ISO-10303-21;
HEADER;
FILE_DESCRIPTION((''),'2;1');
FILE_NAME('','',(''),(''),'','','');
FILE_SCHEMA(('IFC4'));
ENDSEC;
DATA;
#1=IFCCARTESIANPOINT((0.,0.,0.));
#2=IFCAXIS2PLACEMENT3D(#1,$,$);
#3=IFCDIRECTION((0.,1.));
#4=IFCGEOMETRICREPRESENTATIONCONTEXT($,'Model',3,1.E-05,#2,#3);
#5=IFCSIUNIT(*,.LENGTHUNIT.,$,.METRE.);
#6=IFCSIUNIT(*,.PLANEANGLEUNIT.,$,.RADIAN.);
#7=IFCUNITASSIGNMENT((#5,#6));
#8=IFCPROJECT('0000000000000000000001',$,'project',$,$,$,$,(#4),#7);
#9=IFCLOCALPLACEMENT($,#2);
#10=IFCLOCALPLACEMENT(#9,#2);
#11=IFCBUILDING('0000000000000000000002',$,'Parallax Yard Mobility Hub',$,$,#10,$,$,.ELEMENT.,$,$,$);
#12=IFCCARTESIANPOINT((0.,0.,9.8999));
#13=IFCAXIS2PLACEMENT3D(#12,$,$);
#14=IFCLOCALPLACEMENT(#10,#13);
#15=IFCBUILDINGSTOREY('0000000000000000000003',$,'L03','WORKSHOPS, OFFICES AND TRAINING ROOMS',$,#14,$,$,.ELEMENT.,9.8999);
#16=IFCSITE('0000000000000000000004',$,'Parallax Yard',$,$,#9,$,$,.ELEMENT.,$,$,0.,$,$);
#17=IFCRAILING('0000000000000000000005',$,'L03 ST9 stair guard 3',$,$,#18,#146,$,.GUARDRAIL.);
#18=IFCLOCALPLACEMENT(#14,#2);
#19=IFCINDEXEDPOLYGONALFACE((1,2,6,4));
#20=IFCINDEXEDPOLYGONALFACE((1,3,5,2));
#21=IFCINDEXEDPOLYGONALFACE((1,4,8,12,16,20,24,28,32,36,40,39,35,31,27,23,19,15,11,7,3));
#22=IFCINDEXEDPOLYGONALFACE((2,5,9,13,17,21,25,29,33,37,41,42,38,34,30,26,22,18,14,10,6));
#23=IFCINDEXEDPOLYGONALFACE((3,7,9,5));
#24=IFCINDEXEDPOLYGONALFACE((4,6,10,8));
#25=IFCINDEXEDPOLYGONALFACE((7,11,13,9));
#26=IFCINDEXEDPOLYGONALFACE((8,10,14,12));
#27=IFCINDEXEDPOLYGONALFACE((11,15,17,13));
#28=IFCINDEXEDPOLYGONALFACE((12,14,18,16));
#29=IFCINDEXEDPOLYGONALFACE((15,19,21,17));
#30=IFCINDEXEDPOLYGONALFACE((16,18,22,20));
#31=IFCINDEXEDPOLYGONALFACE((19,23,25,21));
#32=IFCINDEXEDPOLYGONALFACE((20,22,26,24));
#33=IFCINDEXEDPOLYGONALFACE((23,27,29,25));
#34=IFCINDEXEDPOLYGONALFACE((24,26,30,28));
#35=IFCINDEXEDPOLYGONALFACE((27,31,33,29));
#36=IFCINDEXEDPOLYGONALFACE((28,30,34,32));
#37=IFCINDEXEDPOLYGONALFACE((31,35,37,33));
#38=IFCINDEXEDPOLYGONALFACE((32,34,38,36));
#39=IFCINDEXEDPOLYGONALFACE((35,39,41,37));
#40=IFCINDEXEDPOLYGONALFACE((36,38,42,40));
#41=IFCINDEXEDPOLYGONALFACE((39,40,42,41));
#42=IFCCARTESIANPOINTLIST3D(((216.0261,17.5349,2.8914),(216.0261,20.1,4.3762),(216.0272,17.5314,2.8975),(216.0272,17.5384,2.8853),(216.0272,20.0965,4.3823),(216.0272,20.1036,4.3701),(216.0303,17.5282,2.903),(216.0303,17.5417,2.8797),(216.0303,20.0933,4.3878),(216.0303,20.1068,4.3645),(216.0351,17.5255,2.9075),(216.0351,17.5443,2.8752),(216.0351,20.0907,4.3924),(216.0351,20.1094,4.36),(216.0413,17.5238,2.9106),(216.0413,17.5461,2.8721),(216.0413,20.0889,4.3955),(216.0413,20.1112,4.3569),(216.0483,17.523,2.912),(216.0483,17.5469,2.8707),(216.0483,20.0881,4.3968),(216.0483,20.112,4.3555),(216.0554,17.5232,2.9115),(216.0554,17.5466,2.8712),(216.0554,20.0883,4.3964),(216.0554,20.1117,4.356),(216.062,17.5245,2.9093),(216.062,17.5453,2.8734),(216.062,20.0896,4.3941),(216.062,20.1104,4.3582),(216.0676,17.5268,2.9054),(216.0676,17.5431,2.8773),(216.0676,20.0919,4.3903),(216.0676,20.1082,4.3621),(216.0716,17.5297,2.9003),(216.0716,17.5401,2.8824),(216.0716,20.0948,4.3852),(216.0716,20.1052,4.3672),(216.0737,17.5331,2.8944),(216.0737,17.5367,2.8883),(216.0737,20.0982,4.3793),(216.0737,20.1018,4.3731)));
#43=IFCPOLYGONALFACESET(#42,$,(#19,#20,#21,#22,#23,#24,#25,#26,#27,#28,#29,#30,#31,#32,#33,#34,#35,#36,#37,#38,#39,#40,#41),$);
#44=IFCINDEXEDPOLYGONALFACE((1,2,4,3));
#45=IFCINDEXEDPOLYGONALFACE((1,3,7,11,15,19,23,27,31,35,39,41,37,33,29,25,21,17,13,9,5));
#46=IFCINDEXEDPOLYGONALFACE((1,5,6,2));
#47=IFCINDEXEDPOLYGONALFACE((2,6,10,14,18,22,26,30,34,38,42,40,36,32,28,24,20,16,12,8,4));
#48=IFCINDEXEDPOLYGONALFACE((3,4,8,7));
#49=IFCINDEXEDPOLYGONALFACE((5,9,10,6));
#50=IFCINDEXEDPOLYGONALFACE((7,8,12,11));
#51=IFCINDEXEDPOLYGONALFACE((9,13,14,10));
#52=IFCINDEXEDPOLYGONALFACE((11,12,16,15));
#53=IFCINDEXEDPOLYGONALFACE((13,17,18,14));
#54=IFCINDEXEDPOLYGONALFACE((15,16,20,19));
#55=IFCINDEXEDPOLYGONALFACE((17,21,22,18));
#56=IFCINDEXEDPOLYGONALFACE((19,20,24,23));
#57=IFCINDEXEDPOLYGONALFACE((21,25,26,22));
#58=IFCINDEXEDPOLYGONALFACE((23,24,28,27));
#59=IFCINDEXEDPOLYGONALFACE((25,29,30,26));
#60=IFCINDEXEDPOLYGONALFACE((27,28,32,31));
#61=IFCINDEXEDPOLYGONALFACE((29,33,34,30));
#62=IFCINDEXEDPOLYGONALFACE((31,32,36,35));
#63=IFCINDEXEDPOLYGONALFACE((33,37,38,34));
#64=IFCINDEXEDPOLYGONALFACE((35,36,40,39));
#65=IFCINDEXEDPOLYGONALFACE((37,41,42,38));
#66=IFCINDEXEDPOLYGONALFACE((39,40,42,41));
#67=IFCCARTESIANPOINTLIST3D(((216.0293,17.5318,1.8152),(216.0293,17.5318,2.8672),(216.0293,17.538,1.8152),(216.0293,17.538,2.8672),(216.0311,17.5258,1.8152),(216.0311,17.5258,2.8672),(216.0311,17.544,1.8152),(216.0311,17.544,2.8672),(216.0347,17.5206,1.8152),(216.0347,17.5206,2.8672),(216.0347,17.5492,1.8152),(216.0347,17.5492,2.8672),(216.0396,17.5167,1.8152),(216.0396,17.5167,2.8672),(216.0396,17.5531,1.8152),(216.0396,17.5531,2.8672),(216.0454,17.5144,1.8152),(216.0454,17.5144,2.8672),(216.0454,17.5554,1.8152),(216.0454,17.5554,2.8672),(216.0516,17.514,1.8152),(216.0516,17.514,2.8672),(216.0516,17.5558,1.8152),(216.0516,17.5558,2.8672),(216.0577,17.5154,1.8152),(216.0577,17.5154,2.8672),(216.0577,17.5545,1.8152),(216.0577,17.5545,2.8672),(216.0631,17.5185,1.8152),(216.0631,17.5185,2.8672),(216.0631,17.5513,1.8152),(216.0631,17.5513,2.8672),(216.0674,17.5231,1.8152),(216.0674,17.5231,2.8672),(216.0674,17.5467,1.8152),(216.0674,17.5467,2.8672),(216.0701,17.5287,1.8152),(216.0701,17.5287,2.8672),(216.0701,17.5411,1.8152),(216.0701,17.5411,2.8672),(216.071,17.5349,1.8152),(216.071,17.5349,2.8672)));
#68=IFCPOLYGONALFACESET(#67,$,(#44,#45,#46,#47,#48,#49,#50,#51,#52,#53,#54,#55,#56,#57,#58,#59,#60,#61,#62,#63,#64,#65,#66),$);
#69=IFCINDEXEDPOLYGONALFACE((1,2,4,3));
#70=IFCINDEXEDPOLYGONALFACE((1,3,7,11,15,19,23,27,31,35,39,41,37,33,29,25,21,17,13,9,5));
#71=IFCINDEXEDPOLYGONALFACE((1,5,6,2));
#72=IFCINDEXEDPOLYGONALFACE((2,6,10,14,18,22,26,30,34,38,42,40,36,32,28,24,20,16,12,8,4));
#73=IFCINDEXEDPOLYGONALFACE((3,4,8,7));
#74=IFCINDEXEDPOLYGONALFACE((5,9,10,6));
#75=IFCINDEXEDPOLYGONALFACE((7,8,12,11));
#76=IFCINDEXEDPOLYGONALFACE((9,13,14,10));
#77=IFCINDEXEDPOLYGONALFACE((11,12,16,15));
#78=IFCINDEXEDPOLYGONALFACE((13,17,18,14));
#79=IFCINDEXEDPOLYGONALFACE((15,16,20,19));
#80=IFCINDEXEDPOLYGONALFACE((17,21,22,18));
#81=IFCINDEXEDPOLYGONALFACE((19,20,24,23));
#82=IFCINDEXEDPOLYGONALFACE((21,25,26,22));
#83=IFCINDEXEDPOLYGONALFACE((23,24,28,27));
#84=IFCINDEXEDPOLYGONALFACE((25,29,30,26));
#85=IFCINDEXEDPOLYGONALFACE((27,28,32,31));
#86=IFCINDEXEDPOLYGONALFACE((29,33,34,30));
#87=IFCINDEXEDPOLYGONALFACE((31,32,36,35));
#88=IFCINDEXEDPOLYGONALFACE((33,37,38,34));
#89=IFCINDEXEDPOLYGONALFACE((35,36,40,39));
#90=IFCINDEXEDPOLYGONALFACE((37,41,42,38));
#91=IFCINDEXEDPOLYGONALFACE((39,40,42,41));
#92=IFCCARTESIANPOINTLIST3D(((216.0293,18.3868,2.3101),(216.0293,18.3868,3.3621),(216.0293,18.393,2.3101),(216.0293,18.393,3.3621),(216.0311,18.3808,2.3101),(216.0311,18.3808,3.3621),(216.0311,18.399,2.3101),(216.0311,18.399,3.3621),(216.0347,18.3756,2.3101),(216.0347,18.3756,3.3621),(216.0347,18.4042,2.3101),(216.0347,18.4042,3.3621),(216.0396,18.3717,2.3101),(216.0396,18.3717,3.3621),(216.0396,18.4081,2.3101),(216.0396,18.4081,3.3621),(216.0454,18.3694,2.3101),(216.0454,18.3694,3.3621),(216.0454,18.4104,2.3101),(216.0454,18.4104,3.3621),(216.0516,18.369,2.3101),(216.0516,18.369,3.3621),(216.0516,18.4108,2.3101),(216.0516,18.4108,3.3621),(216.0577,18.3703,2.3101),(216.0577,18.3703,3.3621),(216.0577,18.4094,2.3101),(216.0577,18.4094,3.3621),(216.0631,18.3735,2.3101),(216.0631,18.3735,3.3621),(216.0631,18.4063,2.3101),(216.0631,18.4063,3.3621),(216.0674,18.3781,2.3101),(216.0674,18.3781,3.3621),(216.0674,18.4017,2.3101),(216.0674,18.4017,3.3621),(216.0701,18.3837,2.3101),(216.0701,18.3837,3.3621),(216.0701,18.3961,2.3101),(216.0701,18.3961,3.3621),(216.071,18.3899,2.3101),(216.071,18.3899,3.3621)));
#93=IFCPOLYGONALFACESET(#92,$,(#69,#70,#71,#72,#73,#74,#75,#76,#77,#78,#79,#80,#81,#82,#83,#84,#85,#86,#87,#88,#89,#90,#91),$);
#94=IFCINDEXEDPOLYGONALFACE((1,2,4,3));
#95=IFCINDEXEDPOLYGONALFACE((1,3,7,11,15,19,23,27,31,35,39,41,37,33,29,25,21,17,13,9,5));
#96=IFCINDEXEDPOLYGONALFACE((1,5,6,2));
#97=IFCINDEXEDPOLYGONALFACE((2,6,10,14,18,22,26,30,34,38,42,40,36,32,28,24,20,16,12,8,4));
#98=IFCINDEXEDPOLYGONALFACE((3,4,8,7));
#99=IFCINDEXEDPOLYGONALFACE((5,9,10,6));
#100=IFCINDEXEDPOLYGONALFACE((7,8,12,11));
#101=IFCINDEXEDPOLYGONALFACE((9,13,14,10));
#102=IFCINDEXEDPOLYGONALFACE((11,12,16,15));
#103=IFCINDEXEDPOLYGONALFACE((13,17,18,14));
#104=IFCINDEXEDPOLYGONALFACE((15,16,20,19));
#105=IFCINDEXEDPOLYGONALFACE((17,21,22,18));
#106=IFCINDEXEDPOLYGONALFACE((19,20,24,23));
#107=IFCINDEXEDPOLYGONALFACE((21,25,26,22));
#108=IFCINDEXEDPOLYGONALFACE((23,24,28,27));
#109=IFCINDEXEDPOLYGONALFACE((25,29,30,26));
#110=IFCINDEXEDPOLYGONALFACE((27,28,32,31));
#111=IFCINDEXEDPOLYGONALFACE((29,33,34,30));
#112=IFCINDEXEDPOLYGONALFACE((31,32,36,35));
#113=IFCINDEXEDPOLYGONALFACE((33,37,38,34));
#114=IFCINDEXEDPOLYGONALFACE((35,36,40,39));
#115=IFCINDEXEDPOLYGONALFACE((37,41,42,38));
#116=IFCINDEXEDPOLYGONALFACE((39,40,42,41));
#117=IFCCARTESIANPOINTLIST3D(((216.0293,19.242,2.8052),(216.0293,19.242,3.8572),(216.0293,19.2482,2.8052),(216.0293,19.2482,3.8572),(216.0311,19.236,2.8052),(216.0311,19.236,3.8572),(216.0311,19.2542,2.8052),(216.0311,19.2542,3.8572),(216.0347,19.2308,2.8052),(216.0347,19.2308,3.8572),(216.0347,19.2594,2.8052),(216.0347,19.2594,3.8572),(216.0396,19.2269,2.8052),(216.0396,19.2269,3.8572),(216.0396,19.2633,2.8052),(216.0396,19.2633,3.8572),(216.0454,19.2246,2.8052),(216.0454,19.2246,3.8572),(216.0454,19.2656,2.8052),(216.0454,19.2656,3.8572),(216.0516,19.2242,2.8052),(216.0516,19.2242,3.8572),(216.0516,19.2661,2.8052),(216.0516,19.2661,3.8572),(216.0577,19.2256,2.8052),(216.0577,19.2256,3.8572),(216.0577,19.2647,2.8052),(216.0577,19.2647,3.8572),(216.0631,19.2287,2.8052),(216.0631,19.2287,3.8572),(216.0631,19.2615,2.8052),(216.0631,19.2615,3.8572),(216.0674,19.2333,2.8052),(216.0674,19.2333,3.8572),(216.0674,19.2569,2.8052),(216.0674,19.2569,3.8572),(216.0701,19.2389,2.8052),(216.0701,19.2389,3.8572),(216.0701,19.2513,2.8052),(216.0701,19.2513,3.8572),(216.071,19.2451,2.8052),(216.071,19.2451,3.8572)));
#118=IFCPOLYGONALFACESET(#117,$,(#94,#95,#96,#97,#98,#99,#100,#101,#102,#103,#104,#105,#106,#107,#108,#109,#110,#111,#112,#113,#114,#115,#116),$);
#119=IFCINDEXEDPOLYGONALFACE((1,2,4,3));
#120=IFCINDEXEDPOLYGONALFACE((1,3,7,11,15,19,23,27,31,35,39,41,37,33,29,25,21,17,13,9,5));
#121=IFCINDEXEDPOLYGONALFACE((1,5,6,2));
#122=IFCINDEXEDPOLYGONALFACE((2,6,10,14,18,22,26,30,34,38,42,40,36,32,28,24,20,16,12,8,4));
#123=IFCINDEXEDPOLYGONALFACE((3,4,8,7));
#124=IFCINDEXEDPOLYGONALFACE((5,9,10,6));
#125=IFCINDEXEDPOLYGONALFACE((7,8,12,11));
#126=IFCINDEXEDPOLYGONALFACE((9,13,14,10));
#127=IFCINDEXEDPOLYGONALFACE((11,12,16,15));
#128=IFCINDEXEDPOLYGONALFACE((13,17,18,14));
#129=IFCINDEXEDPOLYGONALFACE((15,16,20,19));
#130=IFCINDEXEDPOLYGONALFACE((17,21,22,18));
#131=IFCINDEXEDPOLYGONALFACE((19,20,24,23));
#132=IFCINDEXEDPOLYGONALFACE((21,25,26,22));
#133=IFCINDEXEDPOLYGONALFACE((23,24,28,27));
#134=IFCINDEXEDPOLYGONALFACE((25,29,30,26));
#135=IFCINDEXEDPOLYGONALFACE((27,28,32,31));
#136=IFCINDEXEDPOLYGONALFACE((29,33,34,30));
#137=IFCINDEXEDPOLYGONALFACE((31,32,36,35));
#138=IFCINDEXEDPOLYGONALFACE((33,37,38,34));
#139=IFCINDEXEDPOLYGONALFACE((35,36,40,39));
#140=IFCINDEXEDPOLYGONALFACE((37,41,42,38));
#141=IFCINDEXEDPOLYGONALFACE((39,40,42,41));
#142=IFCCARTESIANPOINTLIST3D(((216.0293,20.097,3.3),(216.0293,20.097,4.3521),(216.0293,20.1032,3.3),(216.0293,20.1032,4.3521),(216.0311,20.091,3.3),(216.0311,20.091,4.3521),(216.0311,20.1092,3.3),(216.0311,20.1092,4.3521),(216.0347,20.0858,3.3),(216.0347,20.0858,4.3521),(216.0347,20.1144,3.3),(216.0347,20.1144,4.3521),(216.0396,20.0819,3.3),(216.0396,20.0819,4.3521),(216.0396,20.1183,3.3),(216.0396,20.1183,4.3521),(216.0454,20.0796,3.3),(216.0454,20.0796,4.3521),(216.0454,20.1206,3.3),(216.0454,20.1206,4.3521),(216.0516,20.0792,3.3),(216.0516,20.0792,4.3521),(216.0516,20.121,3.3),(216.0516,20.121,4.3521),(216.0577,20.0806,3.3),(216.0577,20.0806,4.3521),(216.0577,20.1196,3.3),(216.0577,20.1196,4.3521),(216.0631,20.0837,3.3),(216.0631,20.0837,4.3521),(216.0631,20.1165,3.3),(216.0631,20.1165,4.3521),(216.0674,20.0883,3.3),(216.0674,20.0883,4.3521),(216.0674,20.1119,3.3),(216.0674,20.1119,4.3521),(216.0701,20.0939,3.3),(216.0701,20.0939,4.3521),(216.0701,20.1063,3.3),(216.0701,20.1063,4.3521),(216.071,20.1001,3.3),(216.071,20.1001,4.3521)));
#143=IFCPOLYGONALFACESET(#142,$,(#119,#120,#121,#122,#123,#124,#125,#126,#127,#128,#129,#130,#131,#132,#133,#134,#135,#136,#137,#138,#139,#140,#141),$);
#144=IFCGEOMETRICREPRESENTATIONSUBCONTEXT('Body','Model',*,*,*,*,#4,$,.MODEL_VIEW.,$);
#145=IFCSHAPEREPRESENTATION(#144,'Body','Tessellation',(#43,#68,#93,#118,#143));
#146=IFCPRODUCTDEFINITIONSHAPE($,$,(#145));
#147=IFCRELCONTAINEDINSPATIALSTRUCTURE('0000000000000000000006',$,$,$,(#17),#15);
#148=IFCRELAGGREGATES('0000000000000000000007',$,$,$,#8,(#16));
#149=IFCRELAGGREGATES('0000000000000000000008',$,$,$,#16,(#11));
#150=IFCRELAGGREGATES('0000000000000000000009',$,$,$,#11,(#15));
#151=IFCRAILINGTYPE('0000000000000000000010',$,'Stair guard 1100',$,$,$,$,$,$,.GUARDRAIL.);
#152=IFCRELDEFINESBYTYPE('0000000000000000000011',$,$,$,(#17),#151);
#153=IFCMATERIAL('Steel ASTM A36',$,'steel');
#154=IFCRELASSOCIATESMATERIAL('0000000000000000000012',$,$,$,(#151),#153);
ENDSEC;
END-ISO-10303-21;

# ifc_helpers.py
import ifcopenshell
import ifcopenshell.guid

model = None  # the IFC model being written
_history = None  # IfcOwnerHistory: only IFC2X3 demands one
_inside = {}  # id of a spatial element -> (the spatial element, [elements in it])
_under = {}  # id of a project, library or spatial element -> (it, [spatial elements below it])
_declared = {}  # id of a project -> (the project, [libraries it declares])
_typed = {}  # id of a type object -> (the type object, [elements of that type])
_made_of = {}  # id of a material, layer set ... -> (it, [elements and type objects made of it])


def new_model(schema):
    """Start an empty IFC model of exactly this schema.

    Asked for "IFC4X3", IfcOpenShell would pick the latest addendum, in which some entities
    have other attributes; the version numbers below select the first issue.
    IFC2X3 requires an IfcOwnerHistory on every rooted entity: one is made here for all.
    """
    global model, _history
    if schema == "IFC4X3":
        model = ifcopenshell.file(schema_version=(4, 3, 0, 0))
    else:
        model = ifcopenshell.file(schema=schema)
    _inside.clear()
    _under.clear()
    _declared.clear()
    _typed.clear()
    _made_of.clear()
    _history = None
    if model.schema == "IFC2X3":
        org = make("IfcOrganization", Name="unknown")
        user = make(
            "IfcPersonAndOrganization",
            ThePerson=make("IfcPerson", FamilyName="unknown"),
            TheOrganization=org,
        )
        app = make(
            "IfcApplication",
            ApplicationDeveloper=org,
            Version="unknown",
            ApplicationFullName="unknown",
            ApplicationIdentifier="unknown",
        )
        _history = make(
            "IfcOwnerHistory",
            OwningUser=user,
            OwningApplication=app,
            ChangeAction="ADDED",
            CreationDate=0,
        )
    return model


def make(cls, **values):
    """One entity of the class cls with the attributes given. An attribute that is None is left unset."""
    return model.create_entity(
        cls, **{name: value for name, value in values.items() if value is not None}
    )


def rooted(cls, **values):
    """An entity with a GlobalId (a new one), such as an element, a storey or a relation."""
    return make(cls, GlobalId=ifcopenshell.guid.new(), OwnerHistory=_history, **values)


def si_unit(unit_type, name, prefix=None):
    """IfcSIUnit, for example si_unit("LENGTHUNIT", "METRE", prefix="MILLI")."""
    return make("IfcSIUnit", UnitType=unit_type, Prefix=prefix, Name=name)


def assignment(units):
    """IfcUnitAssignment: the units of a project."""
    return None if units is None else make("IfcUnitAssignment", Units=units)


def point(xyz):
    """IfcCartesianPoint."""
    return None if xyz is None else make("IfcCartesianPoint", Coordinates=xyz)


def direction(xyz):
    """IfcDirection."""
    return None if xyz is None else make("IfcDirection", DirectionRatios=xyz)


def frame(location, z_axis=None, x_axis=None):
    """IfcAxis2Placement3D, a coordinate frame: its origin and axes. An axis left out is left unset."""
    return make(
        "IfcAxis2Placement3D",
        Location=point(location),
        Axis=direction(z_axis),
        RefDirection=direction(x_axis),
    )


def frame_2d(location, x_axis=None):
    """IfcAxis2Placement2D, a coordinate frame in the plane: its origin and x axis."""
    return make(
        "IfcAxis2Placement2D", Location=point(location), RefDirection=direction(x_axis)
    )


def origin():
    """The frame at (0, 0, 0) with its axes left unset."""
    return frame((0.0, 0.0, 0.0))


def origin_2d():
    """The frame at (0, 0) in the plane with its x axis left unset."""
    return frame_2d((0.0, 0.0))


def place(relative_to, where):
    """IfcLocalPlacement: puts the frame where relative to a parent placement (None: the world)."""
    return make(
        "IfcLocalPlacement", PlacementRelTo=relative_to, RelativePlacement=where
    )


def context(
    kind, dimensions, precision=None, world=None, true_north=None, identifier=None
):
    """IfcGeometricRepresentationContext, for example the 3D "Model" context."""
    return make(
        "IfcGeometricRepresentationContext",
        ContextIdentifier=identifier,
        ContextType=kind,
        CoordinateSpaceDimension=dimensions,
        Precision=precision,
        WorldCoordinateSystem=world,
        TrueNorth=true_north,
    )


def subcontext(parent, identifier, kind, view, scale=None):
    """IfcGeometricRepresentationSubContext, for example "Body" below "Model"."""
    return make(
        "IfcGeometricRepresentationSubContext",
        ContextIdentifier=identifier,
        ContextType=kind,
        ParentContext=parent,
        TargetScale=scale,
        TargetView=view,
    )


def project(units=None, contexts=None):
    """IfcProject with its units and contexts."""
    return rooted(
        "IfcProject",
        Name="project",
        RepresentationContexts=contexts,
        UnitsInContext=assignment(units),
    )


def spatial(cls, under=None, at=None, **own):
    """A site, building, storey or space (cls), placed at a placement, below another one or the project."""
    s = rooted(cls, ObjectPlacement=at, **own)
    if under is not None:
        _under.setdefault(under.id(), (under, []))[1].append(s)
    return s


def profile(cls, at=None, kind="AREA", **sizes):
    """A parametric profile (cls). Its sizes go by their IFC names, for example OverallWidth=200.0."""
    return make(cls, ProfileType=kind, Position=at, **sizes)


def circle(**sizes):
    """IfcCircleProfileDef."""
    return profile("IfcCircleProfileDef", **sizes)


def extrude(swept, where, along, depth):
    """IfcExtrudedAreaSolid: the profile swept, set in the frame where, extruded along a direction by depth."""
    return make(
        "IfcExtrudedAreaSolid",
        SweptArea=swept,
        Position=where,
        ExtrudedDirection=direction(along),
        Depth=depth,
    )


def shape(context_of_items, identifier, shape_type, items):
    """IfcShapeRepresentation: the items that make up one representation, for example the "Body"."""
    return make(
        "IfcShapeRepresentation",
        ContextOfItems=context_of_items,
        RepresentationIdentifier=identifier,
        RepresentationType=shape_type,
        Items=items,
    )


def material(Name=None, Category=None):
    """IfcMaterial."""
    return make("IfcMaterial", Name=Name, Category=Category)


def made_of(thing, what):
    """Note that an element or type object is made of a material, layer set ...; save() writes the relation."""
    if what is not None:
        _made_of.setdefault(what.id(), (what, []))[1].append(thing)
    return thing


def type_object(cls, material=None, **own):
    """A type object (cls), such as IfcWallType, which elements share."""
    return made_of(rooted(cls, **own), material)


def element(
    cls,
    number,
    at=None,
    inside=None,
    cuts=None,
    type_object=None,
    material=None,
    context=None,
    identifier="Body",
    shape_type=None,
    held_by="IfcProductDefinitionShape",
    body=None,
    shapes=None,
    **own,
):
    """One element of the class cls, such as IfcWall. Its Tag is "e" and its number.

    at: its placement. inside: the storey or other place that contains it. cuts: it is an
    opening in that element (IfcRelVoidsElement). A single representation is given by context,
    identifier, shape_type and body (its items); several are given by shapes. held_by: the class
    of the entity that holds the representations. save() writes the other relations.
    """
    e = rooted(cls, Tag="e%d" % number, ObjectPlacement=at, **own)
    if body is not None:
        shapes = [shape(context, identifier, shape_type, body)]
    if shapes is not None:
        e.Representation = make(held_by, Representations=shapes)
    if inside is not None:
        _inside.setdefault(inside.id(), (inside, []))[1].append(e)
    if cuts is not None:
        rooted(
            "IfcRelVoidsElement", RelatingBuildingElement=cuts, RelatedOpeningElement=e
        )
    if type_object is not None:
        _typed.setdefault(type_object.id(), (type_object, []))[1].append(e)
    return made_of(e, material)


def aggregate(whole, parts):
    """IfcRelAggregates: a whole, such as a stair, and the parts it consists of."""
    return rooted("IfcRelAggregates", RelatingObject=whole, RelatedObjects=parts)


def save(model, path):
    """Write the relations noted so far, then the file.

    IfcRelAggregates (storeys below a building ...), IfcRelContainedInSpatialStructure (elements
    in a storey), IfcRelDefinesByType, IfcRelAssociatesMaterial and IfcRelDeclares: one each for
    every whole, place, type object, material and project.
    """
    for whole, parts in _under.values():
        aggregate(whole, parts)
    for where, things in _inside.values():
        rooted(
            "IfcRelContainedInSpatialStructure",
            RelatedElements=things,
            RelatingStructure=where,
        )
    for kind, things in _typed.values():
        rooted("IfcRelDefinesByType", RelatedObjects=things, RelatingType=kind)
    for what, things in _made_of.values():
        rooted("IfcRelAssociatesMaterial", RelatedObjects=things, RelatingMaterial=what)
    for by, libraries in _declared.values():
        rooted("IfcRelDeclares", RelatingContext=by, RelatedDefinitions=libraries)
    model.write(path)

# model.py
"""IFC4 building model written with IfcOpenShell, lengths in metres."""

from ifc_helpers import new_model, si_unit, direction, frame, origin, origin_2d, place, context, subcontext, project, spatial, circle, extrude, material, type_object, element, save


model = new_model("IFC4")

# Units and contexts
model_context = context("Model", 3, precision=1e-05, world=origin(), true_north=direction((0.0, 1.0)))
body_context = subcontext(model_context, "Body", "Model", "MODEL_VIEW")
ifc_project = project(units=[si_unit("LENGTHUNIT", "METRE"), si_unit("PLANEANGLEUNIT", "RADIAN")], contexts=[model_context])

# Site, building, storey
site_placement = place(None, origin())
site = spatial("IfcSite", under=ifc_project, at=site_placement, Name="Parallax Yard", CompositionType="ELEMENT", RefElevation=0.0)
building_placement = place(site_placement, origin())
building = spatial("IfcBuilding", under=site, at=building_placement, Name="Parallax Yard Mobility Hub", CompositionType="ELEMENT")
storey_placement = place(building_placement, frame((0.0, 0.0, 9.8999)))
storey = spatial("IfcBuildingStorey", under=building, at=storey_placement, Name="L03", Description="WORKSHOPS, OFFICES AND TRAINING ROOMS", CompositionType="ELEMENT", Elevation=9.8999)

# Railing
ifc_material_1 = material(Name="Steel ASTM A36", Category="steel")
railing_type_1 = type_object("IfcRailingType", Name="Stair guard 1100", PredefinedType="GUARDRAIL", material=ifc_material_1)
railing_1_placement = place(storey_placement, frame((216.05, 17.5349, 1.8152)))
element("IfcRailing", 1, at=railing_1_placement, inside=storey, type_object=railing_type_1, Name="L03 ST9 stair guard 3", PredefinedType="GUARDRAIL", context=body_context, shape_type="SweptSolid", body=[
    extrude(circle(Radius=0.0239, at=origin_2d()), frame((0.0, 0.0, 1.0762), z_axis=(0.0, 0.865462, 0.500975), x_axis=(-1.0, 0.0, 0.0)), (0.0, 0.0, 1.0), 2.9639),
    extrude(circle(Radius=0.021, at=origin_2d()), origin(), (0.0, 0.0, 1.0), 1.052),
    extrude(circle(Radius=0.021, at=origin_2d()), frame((0.0, 0.855, 0.4949)), (0.0, 0.0, 1.0), 1.052),
    extrude(circle(Radius=0.021, at=origin_2d()), frame((0.0, 1.7102, 0.99)), (0.0, 0.0, 1.0), 1.052),
    extrude(circle(Radius=0.021, at=origin_2d()), frame((0.0, 2.5652, 1.4849)), (0.0, 0.0, 1.0), 1.052),
])

save(model, "model.ifc")
